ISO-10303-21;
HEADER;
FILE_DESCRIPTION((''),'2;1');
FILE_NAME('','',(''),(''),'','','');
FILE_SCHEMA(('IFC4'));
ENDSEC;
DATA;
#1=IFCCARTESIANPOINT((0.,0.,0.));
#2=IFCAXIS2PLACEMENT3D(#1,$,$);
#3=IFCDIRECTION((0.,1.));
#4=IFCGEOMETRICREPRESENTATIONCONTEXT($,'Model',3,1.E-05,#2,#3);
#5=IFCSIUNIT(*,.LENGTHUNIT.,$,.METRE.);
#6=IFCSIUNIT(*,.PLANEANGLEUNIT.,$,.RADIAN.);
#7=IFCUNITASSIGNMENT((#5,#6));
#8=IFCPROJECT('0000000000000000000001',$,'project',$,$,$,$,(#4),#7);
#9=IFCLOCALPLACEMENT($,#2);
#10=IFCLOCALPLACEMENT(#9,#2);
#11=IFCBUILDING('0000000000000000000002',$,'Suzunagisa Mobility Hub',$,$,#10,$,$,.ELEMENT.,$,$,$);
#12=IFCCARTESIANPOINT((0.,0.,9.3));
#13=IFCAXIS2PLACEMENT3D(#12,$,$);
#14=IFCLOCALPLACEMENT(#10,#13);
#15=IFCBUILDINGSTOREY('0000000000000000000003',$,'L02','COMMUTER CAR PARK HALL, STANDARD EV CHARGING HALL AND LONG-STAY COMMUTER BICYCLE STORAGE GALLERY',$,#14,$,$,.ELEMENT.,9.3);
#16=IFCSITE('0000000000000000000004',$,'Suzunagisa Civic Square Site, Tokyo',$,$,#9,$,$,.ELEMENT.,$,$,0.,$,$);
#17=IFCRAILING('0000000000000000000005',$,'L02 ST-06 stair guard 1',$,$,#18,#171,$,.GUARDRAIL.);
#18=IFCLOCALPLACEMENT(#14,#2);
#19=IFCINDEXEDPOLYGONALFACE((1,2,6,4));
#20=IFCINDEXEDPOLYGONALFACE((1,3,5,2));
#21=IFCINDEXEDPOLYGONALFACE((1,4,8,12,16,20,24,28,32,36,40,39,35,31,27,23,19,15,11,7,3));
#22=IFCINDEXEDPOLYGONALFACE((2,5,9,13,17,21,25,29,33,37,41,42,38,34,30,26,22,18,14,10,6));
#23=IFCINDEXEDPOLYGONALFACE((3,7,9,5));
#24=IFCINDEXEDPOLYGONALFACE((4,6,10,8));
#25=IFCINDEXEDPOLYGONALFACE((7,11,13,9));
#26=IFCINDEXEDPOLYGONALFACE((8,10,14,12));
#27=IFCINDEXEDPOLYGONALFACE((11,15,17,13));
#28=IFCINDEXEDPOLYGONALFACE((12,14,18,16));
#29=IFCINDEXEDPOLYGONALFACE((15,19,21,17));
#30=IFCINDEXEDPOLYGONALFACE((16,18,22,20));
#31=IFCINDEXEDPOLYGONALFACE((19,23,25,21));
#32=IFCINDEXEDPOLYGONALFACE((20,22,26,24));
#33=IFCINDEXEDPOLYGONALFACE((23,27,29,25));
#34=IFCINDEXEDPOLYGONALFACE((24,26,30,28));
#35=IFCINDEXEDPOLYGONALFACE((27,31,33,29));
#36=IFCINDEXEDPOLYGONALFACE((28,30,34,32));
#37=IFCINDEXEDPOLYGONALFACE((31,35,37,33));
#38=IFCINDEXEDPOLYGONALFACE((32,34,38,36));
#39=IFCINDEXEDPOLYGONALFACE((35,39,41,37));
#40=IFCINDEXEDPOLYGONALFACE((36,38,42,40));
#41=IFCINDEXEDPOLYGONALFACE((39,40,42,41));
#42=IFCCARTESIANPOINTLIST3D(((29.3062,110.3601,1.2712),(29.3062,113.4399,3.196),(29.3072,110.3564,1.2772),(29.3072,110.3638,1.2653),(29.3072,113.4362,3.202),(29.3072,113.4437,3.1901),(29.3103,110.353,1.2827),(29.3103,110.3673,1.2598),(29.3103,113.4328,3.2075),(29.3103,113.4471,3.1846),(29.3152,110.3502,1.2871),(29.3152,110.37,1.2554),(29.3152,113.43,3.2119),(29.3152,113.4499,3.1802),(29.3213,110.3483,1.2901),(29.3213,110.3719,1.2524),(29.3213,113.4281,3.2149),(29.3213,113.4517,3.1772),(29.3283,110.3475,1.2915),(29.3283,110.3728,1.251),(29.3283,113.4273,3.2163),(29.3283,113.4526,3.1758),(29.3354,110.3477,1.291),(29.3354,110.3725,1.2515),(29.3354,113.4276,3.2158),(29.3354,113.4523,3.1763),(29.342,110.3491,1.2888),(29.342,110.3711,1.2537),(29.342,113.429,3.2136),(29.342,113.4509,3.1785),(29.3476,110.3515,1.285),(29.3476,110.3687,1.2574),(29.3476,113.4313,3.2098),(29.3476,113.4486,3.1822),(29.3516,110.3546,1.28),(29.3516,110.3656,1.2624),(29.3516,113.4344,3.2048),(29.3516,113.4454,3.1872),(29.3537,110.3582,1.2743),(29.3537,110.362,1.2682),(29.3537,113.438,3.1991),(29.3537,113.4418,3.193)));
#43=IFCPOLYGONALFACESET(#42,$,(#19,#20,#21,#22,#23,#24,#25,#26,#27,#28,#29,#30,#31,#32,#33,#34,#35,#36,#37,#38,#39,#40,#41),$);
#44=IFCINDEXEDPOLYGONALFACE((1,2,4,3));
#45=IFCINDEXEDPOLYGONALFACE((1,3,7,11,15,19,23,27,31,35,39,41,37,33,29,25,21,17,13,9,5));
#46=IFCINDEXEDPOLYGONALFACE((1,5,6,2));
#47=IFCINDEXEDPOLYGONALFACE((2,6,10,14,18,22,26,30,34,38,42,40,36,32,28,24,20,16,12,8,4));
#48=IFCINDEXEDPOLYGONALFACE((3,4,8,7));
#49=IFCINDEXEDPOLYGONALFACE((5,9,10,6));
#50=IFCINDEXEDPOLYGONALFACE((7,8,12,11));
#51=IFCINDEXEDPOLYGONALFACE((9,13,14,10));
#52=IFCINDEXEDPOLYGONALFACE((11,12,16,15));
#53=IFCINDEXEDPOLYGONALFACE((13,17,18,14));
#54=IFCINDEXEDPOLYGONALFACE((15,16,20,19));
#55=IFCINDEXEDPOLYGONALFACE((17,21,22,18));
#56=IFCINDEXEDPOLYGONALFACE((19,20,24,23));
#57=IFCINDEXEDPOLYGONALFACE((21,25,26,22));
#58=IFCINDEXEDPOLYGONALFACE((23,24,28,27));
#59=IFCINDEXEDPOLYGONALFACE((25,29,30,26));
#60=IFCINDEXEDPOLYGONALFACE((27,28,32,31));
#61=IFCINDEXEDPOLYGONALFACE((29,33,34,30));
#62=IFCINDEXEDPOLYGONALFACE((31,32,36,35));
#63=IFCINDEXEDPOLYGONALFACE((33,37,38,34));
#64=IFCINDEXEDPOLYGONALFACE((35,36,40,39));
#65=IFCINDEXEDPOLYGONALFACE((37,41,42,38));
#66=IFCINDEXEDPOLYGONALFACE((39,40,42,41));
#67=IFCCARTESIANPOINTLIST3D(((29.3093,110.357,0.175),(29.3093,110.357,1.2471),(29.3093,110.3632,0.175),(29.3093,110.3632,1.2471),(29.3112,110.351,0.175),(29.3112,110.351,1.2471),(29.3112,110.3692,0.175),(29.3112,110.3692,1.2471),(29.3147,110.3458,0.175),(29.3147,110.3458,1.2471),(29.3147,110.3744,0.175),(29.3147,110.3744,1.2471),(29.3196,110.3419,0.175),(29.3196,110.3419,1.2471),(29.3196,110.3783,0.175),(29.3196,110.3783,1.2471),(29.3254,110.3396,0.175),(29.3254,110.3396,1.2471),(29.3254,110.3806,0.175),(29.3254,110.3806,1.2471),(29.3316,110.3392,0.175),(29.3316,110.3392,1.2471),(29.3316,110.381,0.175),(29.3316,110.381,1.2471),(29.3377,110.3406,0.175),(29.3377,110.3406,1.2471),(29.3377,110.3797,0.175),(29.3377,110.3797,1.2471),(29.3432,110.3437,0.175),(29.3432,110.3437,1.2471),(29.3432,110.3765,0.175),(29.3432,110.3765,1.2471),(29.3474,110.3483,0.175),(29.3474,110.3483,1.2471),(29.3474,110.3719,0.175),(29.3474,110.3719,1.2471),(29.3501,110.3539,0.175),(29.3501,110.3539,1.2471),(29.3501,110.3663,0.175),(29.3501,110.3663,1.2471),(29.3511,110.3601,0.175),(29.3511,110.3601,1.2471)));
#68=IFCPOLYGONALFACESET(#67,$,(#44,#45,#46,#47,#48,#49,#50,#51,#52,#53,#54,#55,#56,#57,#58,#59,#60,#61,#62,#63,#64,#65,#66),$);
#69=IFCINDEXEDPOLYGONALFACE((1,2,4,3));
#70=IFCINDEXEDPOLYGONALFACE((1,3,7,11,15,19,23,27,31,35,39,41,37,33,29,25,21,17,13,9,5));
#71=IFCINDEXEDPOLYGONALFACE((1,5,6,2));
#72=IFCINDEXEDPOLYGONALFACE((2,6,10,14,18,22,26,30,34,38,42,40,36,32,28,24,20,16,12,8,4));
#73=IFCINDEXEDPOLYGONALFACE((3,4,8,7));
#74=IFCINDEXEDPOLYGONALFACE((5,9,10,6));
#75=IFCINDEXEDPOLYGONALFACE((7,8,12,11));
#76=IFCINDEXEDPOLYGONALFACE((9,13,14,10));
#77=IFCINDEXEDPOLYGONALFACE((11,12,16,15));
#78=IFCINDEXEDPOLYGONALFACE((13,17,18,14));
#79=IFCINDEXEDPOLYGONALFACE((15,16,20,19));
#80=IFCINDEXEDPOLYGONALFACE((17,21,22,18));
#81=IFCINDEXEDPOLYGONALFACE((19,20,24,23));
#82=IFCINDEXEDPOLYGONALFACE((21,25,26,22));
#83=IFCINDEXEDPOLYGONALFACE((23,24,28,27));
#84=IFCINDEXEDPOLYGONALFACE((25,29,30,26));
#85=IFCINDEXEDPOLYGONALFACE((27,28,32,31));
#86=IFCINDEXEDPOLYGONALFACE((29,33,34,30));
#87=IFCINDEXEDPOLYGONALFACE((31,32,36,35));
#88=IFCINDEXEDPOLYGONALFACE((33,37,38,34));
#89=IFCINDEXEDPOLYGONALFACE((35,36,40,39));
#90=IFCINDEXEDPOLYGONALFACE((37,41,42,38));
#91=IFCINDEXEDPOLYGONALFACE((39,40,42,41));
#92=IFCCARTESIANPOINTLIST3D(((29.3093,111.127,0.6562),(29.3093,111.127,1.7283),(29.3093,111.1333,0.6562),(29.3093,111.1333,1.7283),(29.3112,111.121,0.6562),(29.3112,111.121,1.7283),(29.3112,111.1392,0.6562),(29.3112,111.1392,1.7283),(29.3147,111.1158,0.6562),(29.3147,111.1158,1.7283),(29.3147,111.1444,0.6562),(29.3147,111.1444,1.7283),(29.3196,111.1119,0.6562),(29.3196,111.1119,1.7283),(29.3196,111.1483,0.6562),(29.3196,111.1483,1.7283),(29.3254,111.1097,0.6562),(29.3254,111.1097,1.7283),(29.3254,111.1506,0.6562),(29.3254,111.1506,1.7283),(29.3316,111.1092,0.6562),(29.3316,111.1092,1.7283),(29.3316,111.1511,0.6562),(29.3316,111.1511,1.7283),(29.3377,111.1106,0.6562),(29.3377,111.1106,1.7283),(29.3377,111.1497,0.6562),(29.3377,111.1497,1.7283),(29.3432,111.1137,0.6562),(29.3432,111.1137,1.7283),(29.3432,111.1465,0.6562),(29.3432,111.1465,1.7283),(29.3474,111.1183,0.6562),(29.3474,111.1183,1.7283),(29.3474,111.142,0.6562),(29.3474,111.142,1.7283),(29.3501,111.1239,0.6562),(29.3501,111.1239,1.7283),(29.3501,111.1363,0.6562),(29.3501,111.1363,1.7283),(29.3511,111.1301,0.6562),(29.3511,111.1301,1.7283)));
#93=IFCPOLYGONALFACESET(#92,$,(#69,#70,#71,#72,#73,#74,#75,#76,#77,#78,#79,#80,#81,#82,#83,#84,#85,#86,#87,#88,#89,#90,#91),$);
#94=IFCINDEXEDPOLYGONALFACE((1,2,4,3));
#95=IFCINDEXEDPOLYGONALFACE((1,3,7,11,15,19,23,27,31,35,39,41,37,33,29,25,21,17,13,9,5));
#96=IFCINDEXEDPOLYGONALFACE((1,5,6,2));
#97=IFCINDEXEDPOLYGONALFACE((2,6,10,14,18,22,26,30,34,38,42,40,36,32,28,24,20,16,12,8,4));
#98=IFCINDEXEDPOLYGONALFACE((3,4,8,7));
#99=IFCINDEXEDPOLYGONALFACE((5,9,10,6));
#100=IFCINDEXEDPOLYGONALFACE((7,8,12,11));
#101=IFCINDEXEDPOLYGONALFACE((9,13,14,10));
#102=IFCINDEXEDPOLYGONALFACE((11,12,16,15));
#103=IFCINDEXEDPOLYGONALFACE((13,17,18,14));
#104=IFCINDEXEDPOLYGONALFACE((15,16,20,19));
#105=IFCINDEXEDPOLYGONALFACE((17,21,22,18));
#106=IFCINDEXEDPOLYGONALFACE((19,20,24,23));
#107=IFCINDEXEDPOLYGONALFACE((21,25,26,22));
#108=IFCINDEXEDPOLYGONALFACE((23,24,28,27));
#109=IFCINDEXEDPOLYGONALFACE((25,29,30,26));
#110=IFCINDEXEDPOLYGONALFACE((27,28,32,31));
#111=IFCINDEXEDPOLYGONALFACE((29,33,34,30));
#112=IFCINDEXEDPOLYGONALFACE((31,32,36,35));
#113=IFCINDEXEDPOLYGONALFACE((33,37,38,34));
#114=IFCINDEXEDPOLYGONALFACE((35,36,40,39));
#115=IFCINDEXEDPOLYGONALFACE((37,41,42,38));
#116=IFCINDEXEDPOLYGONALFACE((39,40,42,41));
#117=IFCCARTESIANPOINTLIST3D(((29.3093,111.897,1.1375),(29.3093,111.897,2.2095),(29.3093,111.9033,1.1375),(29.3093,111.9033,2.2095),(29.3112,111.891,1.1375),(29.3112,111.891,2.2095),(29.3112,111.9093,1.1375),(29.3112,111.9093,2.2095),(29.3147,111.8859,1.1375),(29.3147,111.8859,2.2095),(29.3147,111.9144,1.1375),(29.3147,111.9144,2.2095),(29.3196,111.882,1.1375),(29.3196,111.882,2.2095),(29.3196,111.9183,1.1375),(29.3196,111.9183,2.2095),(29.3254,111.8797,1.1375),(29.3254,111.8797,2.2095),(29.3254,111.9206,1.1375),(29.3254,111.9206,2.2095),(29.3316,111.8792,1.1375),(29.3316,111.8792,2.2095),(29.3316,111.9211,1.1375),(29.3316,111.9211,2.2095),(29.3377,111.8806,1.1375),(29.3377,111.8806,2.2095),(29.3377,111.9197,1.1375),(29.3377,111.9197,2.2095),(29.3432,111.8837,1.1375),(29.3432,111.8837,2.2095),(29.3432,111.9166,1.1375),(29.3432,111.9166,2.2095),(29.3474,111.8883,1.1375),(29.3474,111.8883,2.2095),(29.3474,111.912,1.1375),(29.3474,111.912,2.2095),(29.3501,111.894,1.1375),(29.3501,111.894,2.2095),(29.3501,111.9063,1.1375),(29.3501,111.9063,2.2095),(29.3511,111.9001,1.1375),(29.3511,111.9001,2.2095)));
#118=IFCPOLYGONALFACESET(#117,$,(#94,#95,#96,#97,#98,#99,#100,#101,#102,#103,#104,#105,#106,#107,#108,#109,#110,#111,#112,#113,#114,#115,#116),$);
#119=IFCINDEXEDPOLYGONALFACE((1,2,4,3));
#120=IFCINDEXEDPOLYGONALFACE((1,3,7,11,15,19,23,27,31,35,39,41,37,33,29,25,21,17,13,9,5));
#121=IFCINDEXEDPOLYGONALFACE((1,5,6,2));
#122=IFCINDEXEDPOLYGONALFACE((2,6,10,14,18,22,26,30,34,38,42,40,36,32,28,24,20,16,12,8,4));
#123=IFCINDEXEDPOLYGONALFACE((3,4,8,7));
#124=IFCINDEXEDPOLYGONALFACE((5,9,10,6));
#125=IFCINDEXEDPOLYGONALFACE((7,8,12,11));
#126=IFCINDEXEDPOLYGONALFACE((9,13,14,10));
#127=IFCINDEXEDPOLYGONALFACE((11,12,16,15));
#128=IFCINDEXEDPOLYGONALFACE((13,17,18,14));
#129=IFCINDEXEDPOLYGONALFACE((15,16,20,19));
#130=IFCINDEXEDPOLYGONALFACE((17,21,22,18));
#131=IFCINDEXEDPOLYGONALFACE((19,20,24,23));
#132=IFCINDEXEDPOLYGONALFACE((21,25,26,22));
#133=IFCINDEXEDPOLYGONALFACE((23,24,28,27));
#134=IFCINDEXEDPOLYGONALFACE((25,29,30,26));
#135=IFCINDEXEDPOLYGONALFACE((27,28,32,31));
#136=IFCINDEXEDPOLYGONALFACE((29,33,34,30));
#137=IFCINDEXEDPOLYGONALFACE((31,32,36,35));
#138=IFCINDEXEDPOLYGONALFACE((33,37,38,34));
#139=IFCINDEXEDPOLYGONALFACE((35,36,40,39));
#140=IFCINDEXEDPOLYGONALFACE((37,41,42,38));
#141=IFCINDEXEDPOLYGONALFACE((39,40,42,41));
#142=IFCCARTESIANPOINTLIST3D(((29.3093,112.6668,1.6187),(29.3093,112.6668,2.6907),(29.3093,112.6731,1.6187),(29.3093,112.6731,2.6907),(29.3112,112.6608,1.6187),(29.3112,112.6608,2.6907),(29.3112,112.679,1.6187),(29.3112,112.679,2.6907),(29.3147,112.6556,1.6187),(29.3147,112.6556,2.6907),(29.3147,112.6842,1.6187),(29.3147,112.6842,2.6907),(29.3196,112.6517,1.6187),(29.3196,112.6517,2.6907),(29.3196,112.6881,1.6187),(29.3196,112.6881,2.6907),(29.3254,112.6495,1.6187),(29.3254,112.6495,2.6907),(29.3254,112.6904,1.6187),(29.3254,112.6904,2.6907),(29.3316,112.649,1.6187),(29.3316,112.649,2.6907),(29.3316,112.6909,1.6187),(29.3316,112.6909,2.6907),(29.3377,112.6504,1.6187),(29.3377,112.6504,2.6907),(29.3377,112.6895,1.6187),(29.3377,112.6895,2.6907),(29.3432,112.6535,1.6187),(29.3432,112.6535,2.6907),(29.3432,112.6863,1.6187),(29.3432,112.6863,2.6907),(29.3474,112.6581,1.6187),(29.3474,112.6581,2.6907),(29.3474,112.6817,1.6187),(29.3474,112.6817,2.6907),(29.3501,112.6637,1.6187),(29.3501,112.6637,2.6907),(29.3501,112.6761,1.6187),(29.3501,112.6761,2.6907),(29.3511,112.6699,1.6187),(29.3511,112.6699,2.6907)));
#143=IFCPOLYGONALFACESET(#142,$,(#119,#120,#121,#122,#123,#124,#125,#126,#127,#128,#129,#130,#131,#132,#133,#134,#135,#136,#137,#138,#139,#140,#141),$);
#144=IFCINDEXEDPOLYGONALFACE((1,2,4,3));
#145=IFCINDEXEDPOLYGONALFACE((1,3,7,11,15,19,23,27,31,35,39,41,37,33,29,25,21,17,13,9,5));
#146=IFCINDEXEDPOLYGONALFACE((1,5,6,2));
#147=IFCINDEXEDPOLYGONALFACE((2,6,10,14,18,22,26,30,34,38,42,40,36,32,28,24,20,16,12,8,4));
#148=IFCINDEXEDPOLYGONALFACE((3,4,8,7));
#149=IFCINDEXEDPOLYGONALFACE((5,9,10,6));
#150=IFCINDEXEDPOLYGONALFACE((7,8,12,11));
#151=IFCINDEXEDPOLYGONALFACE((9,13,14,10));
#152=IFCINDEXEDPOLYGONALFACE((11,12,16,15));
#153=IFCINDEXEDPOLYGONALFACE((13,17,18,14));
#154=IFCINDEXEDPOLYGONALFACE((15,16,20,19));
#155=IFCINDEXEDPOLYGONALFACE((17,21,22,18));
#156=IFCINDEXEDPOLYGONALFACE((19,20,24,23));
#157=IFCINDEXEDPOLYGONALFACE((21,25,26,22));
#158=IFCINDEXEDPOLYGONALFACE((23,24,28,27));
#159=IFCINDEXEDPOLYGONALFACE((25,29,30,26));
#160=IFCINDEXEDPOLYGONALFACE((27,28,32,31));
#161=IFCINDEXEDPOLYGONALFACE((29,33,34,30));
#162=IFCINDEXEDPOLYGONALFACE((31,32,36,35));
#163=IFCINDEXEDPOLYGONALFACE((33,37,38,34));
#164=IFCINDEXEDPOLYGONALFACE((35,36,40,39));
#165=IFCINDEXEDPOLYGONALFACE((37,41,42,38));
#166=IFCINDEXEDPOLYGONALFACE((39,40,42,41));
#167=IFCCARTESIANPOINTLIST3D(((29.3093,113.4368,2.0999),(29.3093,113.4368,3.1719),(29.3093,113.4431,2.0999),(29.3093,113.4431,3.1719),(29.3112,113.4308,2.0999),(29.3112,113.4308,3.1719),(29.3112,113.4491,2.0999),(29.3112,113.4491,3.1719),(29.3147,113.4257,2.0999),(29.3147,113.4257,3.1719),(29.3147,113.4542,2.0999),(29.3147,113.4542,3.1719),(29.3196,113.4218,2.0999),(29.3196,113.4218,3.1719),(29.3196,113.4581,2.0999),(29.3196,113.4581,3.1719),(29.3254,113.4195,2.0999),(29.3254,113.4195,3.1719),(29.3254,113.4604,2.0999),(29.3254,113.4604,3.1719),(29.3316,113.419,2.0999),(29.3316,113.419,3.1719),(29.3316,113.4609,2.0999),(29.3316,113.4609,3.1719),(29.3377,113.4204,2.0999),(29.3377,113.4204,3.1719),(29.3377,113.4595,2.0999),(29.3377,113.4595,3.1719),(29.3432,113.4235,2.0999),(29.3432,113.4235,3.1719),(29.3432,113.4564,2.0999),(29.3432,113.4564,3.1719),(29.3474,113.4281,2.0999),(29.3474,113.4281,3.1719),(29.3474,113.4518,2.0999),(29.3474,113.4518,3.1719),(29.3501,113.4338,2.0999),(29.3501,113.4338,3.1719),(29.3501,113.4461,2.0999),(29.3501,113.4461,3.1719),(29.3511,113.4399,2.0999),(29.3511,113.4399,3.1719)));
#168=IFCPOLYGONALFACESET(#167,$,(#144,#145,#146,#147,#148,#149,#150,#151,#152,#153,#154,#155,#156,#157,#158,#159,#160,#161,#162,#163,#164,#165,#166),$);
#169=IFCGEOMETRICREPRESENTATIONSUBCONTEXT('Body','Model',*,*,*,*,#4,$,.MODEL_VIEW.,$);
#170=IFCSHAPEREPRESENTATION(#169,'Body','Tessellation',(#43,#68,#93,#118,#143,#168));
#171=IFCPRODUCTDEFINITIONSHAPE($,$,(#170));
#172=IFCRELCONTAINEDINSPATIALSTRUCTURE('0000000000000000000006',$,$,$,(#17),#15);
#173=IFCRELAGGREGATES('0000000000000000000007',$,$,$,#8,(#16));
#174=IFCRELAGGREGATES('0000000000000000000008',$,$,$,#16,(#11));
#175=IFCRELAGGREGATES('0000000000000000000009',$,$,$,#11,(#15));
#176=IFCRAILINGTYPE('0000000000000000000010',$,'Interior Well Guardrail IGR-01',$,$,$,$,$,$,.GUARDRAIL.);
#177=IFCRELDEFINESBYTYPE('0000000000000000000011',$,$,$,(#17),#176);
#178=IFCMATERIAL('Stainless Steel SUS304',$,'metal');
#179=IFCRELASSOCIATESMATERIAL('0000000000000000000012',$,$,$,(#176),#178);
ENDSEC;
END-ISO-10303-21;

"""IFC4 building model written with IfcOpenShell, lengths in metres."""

from ifc_helpers import new_model, si_unit, direction, frame, origin, origin_2d, place, context, subcontext, project, spatial, circle, extrude, material, type_object, element, save


model = new_model("IFC4")

# Units and contexts
model_context = context("Model", 3, precision=1e-05, world=origin(), true_north=direction((0.0, 1.0)))
body_context = subcontext(model_context, "Body", "Model", "MODEL_VIEW")
ifc_project = project(units=[si_unit("LENGTHUNIT", "METRE"), si_unit("PLANEANGLEUNIT", "RADIAN")], contexts=[model_context])

# Site, building, storey
site_placement = place(None, origin())
site = spatial("IfcSite", under=ifc_project, at=site_placement, Name="Suzunagisa Civic Square Site, Tokyo", CompositionType="ELEMENT", RefElevation=0.0)
building_placement = place(site_placement, origin())
building = spatial("IfcBuilding", under=site, at=building_placement, Name="Suzunagisa Mobility Hub", CompositionType="ELEMENT")
storey_placement = place(building_placement, frame((0.0, 0.0, 9.3)))
storey = spatial("IfcBuildingStorey", under=building, at=storey_placement, Name="L02", Description="COMMUTER CAR PARK HALL, STANDARD EV CHARGING HALL AND LONG-STAY COMMUTER BICYCLE STORAGE GALLERY", CompositionType="ELEMENT", Elevation=9.3)

# Railing
ifc_material_1 = material(Name="Stainless Steel SUS304", Category="metal")
railing_type_1 = type_object("IfcRailingType", Name="Interior Well Guardrail IGR-01", PredefinedType="GUARDRAIL", material=ifc_material_1)
railing_1_placement = place(storey_placement, frame((29.3301, 110.3601, 0.175)))
element("IfcRailing", 1, at=railing_1_placement, inside=storey, type_object=railing_type_1, Name="L02 ST-06 stair guard 1", PredefinedType="GUARDRAIL", context=body_context, shape_type="SweptSolid", body=[
    extrude(circle(Radius=0.0239, at=origin_2d()), frame((0.0, 0.0, 1.0962), z_axis=(0.0, 0.84801, 0.529981), x_axis=(-1.0, 0.0, 0.0)), (0.0, 0.0, 1.0), 3.6318),
    extrude(circle(Radius=0.021, at=origin_2d()), origin(), (0.0, 0.0, 1.0), 1.072),
    extrude(circle(Radius=0.021, at=origin_2d()), frame((0.0, 0.77, 0.4812)), (0.0, 0.0, 1.0), 1.072),
    extrude(circle(Radius=0.021, at=origin_2d()), frame((0.0, 1.54, 0.9624)), (0.0, 0.0, 1.0), 1.072),
    extrude(circle(Radius=0.021, at=origin_2d()), frame((0.0, 2.3098, 1.4436)), (0.0, 0.0, 1.0), 1.072),
    extrude(circle(Radius=0.021, at=origin_2d()), frame((0.0, 3.0798, 1.9248)), (0.0, 0.0, 1.0), 1.072),
])

save(model, "model.ifc")
